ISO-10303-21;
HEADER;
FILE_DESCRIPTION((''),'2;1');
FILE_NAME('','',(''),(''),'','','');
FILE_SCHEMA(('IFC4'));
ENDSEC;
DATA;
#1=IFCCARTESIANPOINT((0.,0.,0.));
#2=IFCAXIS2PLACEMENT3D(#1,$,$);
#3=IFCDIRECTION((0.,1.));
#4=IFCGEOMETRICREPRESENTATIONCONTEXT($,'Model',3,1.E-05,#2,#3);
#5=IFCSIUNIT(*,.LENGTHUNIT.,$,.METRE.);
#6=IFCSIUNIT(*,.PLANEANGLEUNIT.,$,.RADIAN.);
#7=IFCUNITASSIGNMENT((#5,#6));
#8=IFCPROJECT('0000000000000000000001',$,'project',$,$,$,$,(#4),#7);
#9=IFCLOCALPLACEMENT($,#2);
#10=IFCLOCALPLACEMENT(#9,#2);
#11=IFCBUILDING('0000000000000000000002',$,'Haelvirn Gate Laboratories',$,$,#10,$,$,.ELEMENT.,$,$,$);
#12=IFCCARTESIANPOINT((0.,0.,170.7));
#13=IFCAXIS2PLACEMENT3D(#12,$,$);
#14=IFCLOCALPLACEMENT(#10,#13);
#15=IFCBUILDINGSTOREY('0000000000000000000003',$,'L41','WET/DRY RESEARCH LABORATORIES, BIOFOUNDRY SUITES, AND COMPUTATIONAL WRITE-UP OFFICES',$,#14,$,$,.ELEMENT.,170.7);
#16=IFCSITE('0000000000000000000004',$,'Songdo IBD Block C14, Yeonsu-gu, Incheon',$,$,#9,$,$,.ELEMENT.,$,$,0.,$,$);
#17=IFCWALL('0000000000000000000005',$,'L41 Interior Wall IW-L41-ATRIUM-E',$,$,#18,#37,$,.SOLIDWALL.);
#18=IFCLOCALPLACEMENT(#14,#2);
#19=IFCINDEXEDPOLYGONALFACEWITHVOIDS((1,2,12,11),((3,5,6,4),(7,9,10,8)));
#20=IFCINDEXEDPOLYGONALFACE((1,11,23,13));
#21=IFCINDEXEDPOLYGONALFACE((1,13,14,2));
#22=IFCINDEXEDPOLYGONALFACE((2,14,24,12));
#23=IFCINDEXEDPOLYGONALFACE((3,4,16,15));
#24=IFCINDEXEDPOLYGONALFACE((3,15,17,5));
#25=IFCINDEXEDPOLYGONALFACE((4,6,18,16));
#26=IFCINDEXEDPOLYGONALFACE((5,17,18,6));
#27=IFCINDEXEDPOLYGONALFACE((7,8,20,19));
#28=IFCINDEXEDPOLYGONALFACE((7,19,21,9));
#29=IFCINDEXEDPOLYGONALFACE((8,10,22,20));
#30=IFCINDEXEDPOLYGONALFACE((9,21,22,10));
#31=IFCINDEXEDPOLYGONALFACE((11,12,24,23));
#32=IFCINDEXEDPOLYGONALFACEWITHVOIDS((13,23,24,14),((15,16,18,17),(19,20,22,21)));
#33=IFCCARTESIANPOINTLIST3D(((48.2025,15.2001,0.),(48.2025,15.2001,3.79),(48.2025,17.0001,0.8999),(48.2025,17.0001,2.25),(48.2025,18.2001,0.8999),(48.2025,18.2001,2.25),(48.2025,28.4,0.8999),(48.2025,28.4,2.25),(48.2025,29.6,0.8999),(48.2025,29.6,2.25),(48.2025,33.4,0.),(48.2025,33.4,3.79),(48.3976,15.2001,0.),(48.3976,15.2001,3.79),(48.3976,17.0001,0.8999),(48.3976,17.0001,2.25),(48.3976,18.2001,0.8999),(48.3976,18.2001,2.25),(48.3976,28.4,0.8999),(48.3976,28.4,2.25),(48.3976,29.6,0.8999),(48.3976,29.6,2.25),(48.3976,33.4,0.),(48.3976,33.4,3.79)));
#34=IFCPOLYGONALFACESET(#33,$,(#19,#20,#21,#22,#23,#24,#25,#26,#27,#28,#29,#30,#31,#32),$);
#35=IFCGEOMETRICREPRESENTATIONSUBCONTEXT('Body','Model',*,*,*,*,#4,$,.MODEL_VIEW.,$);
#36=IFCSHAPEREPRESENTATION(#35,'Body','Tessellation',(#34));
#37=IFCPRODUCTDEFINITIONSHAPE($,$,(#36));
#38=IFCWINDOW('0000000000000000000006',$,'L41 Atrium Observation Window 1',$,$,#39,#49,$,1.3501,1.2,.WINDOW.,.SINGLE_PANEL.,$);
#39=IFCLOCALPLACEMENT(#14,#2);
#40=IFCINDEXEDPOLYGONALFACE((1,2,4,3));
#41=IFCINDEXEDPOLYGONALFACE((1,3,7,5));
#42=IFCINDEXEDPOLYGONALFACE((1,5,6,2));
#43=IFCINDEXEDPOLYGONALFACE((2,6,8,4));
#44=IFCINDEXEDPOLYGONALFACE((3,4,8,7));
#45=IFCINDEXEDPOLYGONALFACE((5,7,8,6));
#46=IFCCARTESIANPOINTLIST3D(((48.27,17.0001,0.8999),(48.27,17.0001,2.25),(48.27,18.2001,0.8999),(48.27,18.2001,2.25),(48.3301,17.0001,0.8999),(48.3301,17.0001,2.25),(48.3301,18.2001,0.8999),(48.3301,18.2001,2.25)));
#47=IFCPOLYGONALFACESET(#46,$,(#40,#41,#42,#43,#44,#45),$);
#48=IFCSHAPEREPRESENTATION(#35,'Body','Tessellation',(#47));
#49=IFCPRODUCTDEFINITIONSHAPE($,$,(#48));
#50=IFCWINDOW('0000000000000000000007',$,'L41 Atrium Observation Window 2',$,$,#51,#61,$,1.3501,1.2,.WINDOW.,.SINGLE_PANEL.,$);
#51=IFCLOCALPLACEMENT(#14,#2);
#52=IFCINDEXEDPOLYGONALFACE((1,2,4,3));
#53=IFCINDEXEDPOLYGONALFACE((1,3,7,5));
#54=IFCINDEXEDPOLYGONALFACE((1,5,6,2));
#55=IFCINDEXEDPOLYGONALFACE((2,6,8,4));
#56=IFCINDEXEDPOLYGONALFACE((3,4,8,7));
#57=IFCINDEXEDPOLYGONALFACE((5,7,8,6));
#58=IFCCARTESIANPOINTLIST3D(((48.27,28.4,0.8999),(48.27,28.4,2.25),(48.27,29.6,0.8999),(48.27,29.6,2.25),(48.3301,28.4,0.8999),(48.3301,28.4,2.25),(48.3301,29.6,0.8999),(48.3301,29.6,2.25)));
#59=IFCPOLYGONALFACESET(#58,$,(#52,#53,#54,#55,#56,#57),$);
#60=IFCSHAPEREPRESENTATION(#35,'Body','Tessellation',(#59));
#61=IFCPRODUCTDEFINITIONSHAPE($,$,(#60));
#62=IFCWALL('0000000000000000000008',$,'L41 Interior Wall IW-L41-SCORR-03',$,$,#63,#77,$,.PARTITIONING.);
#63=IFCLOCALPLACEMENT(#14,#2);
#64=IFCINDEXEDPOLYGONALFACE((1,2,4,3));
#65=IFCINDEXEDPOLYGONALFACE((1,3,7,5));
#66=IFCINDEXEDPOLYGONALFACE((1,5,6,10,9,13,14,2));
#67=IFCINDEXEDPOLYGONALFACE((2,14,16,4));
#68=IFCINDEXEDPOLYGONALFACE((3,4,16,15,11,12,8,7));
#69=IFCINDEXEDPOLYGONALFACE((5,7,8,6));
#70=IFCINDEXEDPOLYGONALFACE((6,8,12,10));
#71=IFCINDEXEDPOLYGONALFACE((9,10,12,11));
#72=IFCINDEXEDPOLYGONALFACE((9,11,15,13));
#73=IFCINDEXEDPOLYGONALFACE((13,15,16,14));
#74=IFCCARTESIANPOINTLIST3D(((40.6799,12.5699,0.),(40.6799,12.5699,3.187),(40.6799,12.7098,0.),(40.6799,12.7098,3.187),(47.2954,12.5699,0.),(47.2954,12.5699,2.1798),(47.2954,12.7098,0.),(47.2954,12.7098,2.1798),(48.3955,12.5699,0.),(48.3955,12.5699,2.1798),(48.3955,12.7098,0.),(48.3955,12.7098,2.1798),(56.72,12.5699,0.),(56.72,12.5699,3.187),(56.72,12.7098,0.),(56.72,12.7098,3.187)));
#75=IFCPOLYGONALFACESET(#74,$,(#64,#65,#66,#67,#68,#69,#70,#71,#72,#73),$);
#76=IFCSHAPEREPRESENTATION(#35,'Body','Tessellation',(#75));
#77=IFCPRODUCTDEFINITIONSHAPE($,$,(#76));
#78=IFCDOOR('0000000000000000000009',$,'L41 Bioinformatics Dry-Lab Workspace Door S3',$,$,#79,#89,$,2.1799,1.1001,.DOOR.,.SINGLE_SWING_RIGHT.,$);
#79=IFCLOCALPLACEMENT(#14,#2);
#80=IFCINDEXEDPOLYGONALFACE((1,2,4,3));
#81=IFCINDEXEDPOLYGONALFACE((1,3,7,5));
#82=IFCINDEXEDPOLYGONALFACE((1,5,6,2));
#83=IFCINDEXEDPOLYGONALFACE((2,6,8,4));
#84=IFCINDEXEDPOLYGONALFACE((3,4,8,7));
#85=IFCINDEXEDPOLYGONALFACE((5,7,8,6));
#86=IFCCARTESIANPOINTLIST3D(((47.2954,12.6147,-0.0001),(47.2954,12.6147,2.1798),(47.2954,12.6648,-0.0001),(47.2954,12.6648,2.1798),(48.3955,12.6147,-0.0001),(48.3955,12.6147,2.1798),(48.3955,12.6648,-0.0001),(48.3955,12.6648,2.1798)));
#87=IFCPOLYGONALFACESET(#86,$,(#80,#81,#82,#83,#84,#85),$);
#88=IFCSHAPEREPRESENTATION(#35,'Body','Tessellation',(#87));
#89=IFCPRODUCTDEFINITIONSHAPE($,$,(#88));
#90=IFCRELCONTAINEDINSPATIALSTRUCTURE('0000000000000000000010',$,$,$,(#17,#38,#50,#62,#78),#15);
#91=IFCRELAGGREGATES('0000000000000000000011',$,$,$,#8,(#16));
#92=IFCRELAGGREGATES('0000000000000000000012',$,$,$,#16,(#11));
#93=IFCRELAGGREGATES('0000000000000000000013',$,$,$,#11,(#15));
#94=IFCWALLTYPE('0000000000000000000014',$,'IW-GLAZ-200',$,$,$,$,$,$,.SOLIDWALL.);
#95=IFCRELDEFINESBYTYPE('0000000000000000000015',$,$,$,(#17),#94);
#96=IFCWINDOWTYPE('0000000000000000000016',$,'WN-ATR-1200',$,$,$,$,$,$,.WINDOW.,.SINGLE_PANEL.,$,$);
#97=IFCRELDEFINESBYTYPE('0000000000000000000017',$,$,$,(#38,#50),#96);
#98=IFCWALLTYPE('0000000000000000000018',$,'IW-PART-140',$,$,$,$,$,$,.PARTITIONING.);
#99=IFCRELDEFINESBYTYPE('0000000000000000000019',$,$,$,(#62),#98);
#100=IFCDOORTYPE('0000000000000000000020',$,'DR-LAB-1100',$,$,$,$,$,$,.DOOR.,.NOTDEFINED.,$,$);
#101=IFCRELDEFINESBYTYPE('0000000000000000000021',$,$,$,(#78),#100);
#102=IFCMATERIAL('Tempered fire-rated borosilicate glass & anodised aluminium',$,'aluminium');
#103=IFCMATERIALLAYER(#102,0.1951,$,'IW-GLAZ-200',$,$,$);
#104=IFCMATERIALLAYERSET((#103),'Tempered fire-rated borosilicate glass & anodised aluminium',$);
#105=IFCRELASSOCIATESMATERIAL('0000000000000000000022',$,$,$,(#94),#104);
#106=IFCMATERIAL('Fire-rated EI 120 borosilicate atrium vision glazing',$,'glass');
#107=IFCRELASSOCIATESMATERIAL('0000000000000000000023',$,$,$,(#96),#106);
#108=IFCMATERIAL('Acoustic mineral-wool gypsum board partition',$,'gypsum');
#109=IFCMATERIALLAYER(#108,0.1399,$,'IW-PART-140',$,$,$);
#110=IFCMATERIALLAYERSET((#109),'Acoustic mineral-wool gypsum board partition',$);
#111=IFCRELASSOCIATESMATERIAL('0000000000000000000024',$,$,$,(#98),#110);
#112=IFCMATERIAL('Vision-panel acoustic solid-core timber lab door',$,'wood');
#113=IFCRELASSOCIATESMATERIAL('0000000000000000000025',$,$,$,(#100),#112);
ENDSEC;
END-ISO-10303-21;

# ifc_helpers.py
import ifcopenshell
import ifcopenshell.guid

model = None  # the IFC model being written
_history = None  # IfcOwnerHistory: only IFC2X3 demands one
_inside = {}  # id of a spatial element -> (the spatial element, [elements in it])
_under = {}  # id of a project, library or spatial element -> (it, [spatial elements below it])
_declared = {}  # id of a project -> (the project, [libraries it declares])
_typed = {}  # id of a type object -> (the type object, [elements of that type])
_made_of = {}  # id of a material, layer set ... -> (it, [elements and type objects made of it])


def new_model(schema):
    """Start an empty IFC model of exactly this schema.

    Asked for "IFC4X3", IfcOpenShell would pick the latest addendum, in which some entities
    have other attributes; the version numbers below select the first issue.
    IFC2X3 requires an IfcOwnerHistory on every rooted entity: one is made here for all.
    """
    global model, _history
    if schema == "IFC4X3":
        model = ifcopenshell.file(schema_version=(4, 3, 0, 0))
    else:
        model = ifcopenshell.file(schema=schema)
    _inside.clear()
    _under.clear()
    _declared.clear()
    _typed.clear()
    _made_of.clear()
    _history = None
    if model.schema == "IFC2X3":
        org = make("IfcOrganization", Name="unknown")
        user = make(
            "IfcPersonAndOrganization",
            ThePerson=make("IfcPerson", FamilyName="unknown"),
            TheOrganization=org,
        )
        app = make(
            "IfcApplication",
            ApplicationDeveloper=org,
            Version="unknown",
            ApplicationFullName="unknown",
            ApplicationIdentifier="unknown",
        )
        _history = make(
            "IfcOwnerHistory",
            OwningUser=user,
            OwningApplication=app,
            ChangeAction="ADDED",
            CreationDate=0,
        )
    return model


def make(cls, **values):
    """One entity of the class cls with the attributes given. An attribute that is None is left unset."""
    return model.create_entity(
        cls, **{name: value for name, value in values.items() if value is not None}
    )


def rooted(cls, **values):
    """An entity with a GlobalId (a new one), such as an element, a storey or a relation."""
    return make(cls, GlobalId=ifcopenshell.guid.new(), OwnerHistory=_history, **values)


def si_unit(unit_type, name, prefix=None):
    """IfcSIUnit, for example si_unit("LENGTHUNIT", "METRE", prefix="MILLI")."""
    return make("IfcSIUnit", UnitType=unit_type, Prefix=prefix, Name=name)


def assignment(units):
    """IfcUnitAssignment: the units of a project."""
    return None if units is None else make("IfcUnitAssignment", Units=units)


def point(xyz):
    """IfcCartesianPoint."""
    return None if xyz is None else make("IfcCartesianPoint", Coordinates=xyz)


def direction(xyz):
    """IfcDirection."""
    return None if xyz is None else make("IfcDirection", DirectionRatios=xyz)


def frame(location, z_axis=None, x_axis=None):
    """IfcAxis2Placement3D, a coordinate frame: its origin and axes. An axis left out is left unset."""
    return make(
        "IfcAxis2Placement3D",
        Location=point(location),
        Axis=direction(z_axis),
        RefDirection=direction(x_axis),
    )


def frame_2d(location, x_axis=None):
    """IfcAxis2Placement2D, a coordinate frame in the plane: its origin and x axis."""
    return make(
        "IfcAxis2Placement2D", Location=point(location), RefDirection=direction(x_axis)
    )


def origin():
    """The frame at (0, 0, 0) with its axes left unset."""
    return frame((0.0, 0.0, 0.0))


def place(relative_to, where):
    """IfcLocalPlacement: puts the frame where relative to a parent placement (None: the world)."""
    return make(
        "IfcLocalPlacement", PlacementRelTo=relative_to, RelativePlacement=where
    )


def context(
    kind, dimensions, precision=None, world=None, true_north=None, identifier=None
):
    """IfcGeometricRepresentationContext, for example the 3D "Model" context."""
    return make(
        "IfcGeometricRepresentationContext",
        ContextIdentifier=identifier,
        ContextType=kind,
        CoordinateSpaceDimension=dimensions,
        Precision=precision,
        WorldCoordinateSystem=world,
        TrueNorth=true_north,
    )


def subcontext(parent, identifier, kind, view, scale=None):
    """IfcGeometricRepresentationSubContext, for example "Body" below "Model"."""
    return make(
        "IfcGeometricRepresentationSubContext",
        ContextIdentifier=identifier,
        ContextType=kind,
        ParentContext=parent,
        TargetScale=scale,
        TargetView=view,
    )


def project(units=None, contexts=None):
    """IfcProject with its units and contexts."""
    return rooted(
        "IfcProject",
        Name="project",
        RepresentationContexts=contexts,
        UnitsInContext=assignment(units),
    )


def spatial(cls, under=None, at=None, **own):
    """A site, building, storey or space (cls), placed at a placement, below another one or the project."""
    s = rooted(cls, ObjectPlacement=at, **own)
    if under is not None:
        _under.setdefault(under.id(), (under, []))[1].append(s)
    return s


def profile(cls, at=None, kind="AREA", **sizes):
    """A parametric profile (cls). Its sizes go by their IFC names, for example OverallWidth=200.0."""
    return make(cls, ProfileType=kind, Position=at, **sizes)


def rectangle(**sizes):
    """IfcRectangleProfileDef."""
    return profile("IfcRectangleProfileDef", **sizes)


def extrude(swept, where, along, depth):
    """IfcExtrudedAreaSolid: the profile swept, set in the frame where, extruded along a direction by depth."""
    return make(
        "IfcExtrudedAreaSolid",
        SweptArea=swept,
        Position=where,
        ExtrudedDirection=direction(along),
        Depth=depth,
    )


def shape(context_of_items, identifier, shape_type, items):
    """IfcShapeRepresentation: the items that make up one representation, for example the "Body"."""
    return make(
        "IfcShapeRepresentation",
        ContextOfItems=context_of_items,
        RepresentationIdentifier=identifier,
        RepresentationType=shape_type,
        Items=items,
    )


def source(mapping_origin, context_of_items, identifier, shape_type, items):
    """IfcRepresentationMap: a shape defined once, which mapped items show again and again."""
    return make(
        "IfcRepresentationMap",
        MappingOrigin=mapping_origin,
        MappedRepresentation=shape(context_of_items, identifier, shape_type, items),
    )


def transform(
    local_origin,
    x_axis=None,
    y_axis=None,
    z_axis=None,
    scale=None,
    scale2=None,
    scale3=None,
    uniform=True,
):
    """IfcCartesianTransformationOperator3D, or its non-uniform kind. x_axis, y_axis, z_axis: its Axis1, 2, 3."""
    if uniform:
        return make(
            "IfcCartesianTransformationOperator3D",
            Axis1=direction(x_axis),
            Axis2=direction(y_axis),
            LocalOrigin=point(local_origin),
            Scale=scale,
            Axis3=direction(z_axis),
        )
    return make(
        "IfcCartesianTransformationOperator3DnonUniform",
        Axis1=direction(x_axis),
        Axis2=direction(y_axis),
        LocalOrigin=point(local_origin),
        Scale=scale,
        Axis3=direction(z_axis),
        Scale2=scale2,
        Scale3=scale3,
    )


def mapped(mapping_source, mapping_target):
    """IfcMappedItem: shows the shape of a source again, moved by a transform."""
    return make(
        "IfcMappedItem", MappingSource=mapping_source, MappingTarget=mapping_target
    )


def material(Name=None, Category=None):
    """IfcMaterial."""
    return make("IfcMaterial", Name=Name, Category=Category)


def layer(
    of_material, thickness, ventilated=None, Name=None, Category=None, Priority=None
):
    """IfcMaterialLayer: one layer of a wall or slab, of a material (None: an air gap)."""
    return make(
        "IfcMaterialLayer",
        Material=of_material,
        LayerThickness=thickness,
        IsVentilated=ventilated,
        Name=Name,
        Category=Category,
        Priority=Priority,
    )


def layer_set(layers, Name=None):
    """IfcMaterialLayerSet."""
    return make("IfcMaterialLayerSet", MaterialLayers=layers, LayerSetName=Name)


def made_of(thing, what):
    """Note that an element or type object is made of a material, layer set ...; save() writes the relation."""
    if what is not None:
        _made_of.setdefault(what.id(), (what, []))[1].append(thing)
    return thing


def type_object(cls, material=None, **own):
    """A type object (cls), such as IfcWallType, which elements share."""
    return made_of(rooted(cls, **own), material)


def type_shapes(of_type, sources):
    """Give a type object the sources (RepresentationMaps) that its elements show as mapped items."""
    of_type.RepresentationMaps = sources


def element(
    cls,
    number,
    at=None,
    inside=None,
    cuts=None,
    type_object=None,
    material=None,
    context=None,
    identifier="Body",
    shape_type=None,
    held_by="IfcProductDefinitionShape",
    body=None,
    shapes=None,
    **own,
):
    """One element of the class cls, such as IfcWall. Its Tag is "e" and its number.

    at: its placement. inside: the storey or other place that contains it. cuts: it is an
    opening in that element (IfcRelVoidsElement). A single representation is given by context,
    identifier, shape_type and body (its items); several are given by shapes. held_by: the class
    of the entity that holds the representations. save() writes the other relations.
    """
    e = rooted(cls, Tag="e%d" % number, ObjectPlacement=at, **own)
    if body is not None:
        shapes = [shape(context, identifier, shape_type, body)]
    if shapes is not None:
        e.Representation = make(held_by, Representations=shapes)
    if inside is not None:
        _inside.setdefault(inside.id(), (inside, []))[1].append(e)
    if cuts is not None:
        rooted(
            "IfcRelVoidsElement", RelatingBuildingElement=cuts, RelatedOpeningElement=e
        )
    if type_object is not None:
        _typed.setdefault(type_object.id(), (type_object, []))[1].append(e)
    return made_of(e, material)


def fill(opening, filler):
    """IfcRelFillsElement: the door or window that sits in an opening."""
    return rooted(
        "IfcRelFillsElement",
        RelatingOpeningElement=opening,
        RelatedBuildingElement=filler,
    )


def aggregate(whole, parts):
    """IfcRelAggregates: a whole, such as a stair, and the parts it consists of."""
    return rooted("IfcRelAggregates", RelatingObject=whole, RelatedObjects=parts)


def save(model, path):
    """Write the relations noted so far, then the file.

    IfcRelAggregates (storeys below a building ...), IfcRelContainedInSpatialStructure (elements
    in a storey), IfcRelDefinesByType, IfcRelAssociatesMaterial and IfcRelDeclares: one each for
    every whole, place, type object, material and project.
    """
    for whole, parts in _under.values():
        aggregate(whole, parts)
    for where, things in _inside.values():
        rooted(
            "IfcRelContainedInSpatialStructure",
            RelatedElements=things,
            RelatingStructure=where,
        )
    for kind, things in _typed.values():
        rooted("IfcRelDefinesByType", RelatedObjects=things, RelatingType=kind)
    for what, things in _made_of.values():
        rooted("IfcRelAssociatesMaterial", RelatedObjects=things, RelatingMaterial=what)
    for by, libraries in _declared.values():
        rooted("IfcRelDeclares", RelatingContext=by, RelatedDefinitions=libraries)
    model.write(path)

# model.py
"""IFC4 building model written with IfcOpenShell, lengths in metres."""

from ifc_helpers import new_model, si_unit, direction, frame, frame_2d, origin, place, context, subcontext, project, spatial, rectangle, extrude, source, transform, mapped, material, layer, layer_set, type_object, type_shapes, element, fill, save


model = new_model("IFC4")

# Units and contexts
model_context = context("Model", 3, precision=1e-05, world=origin(), true_north=direction((0.0, 1.0)))
body_context = subcontext(model_context, "Body", "Model", "MODEL_VIEW")
ifc_project = project(units=[si_unit("LENGTHUNIT", "METRE"), si_unit("PLANEANGLEUNIT", "RADIAN")], contexts=[model_context])

# Site, building, storey
site_placement = place(None, origin())
site = spatial("IfcSite", under=ifc_project, at=site_placement, Name="Songdo IBD Block C14, Yeonsu-gu, Incheon", CompositionType="ELEMENT", RefElevation=0.0)
building_placement = place(site_placement, origin())
building = spatial("IfcBuilding", under=site, at=building_placement, Name="Haelvirn Gate Laboratories", CompositionType="ELEMENT")
storey_placement = place(building_placement, frame((0.0, 0.0, 170.7)))
storey = spatial("IfcBuildingStorey", under=building, at=storey_placement, Name="L41", Description="WET/DRY RESEARCH LABORATORIES, BIOFOUNDRY SUITES, AND COMPUTATIONAL WRITE-UP OFFICES", CompositionType="ELEMENT", Elevation=170.7)

# Wall, openings, windows
ifc_material_1 = material(Name="Tempered fire-rated borosilicate glass & anodised aluminium", Category="aluminium")
ifc_layer_1 = layer(ifc_material_1, 0.1951, Name="IW-GLAZ-200")
ifc_layer_set_1 = layer_set([ifc_layer_1], Name="Tempered fire-rated borosilicate glass & anodised aluminium")
wall_type_1 = type_object("IfcWallType", Name="IW-GLAZ-200", PredefinedType="SOLIDWALL", material=ifc_layer_set_1)
wall_1_placement = place(storey_placement, frame((48.3, 15.2, 0.0), z_axis=(0.0, 0.0, 1.0), x_axis=(0.0, 1.0, 0.0)))
wall_1 = element("IfcWall", 1, at=wall_1_placement, inside=storey, type_object=wall_type_1, Name="L41 Interior Wall IW-L41-ATRIUM-E", PredefinedType="SOLIDWALL", context=body_context, shape_type="SweptSolid", body=[
    extrude(rectangle(XDim=18.2, YDim=0.1951, at=frame_2d((9.1001, 0.0))), origin(), (0.0, 0.0, 1.0), 3.79),
])
opening_1_placement = place(wall_1_placement, frame((1.8, 0.0, 0.8999)))
opening_1 = element("IfcOpeningElement", 2, at=opening_1_placement, cuts=wall_1, PredefinedType="OPENING", context=body_context, shape_type="SweptSolid", body=[
    extrude(rectangle(XDim=1.2, YDim=1.3501, at=frame_2d((0.6001, 0.675))), frame((0.0, 0.1074, 0.0), z_axis=(0.0, -1.0, 0.0), x_axis=(1.0, 0.0, 0.0)), (0.0, 0.0, 1.0), 0.2151),
])
opening_2_placement = place(wall_1_placement, frame((13.2, 0.0, 0.8999)))
opening_2 = element("IfcOpeningElement", 3, at=opening_2_placement, cuts=wall_1, PredefinedType="OPENING", context=body_context, shape_type="SweptSolid", body=[
    extrude(rectangle(XDim=1.2, YDim=1.3501, at=frame_2d((0.6001, 0.675))), frame((0.0, 0.1074, 0.0), z_axis=(0.0, -1.0, 0.0), x_axis=(1.0, 0.0, 0.0)), (0.0, 0.0, 1.0), 0.2151),
])
ifc_material_2 = material(Name="Fire-rated EI 120 borosilicate atrium vision glazing", Category="glass")
window_type = type_object("IfcWindowType", Name="WN-ATR-1200", PartitioningType="SINGLE_PANEL", PredefinedType="WINDOW", material=ifc_material_2)
shared_shape_1 = source(origin(), body_context, "Body", "SweptSolid", [
    extrude(rectangle(XDim=1.2, YDim=1.3501, at=frame_2d((0.6001, 0.675))), frame((0.0, 0.03, 0.0), z_axis=(0.0, -1.0, 0.0), x_axis=(1.0, 0.0, 0.0)), (0.0, 0.0, 1.0), 0.0601),
])
type_shapes(window_type, [shared_shape_1])
window_1_placement = place(opening_1_placement, origin())
window_1 = element("IfcWindow", 4, at=window_1_placement, inside=storey, type_object=window_type, Name="L41 Atrium Observation Window 1", OverallHeight=1.3501, OverallWidth=1.2, PartitioningType="SINGLE_PANEL", PredefinedType="WINDOW", context=body_context, shape_type="MappedRepresentation", body=[
    mapped(shared_shape_1, transform((0.0, 0.0, 0.0), scale=1.0)),
])
fill(opening_1, window_1)
window_2_placement = place(opening_2_placement, origin())
window_2 = element("IfcWindow", 5, at=window_2_placement, inside=storey, type_object=window_type, Name="L41 Atrium Observation Window 2", OverallHeight=1.3501, OverallWidth=1.2, PartitioningType="SINGLE_PANEL", PredefinedType="WINDOW", context=body_context, shape_type="MappedRepresentation", body=[
    mapped(shared_shape_1, transform((0.0, 0.0, 0.0), scale=1.0)),
])
fill(opening_2, window_2)

# Wall, opening, door
ifc_material_3 = material(Name="Acoustic mineral-wool gypsum board partition", Category="gypsum")
ifc_layer_2 = layer(ifc_material_3, 0.1399, Name="IW-PART-140")
ifc_layer_set_2 = layer_set([ifc_layer_2], Name="Acoustic mineral-wool gypsum board partition")
wall_type_2 = type_object("IfcWallType", Name="IW-PART-140", PredefinedType="PARTITIONING", material=ifc_layer_set_2)
wall_2_placement = place(storey_placement, frame((40.6799, 12.6399, 0.0), z_axis=(0.0, 0.0, 1.0), x_axis=(1.0, 0.0, 0.0)))
wall_2 = element("IfcWall", 6, at=wall_2_placement, inside=storey, type_object=wall_type_2, Name="L41 Interior Wall IW-L41-SCORR-03", PredefinedType="PARTITIONING", context=body_context, shape_type="SweptSolid", body=[
    extrude(rectangle(XDim=16.04, YDim=0.1399, at=frame_2d((8.02, 0.0))), origin(), (0.0, 0.0, 1.0), 3.187),
])
opening_3_placement = place(wall_2_placement, frame((6.6155, 0.0, 0.0)))
opening_3 = element("IfcOpeningElement", 7, at=opening_3_placement, cuts=wall_2, PredefinedType="OPENING", context=body_context, shape_type="SweptSolid", body=[
    extrude(rectangle(XDim=1.1001, YDim=2.1799, at=frame_2d((0.55, 1.0898))), frame((0.0, 0.0801, 0.0), z_axis=(0.0, -1.0, 0.0), x_axis=(1.0, 0.0, 0.0)), (0.0, 0.0, 1.0), 0.1599),
])
ifc_material_4 = material(Name="Vision-panel acoustic solid-core timber lab door", Category="wood")
door_type_1 = type_object("IfcDoorType", Name="DR-LAB-1100", OperationType="NOTDEFINED", PredefinedType="DOOR", material=ifc_material_4)
shared_shape_2 = source(origin(), body_context, "Body", "SweptSolid", [
    extrude(rectangle(XDim=1.1001, YDim=2.1799, at=frame_2d((0.55, 1.0898))), frame((0.0, 0.0249, 0.0), z_axis=(0.0, -1.0, 0.0), x_axis=(1.0, 0.0, 0.0)), (0.0, 0.0, 1.0), 0.05),
])
type_shapes(door_type_1, [shared_shape_2])
door_1_placement = place(opening_3_placement, origin())
door_1 = element("IfcDoor", 8, at=door_1_placement, inside=storey, type_object=door_type_1, Name="L41 Bioinformatics Dry-Lab Workspace Door S3", OperationType="SINGLE_SWING_RIGHT", OverallHeight=2.1799, OverallWidth=1.1001, PredefinedType="DOOR", context=body_context, shape_type="MappedRepresentation", body=[
    mapped(shared_shape_2, transform((0.0, 0.0, 0.0), scale=1.0)),
])
fill(opening_3, door_1)

save(model, "model.ifc")
